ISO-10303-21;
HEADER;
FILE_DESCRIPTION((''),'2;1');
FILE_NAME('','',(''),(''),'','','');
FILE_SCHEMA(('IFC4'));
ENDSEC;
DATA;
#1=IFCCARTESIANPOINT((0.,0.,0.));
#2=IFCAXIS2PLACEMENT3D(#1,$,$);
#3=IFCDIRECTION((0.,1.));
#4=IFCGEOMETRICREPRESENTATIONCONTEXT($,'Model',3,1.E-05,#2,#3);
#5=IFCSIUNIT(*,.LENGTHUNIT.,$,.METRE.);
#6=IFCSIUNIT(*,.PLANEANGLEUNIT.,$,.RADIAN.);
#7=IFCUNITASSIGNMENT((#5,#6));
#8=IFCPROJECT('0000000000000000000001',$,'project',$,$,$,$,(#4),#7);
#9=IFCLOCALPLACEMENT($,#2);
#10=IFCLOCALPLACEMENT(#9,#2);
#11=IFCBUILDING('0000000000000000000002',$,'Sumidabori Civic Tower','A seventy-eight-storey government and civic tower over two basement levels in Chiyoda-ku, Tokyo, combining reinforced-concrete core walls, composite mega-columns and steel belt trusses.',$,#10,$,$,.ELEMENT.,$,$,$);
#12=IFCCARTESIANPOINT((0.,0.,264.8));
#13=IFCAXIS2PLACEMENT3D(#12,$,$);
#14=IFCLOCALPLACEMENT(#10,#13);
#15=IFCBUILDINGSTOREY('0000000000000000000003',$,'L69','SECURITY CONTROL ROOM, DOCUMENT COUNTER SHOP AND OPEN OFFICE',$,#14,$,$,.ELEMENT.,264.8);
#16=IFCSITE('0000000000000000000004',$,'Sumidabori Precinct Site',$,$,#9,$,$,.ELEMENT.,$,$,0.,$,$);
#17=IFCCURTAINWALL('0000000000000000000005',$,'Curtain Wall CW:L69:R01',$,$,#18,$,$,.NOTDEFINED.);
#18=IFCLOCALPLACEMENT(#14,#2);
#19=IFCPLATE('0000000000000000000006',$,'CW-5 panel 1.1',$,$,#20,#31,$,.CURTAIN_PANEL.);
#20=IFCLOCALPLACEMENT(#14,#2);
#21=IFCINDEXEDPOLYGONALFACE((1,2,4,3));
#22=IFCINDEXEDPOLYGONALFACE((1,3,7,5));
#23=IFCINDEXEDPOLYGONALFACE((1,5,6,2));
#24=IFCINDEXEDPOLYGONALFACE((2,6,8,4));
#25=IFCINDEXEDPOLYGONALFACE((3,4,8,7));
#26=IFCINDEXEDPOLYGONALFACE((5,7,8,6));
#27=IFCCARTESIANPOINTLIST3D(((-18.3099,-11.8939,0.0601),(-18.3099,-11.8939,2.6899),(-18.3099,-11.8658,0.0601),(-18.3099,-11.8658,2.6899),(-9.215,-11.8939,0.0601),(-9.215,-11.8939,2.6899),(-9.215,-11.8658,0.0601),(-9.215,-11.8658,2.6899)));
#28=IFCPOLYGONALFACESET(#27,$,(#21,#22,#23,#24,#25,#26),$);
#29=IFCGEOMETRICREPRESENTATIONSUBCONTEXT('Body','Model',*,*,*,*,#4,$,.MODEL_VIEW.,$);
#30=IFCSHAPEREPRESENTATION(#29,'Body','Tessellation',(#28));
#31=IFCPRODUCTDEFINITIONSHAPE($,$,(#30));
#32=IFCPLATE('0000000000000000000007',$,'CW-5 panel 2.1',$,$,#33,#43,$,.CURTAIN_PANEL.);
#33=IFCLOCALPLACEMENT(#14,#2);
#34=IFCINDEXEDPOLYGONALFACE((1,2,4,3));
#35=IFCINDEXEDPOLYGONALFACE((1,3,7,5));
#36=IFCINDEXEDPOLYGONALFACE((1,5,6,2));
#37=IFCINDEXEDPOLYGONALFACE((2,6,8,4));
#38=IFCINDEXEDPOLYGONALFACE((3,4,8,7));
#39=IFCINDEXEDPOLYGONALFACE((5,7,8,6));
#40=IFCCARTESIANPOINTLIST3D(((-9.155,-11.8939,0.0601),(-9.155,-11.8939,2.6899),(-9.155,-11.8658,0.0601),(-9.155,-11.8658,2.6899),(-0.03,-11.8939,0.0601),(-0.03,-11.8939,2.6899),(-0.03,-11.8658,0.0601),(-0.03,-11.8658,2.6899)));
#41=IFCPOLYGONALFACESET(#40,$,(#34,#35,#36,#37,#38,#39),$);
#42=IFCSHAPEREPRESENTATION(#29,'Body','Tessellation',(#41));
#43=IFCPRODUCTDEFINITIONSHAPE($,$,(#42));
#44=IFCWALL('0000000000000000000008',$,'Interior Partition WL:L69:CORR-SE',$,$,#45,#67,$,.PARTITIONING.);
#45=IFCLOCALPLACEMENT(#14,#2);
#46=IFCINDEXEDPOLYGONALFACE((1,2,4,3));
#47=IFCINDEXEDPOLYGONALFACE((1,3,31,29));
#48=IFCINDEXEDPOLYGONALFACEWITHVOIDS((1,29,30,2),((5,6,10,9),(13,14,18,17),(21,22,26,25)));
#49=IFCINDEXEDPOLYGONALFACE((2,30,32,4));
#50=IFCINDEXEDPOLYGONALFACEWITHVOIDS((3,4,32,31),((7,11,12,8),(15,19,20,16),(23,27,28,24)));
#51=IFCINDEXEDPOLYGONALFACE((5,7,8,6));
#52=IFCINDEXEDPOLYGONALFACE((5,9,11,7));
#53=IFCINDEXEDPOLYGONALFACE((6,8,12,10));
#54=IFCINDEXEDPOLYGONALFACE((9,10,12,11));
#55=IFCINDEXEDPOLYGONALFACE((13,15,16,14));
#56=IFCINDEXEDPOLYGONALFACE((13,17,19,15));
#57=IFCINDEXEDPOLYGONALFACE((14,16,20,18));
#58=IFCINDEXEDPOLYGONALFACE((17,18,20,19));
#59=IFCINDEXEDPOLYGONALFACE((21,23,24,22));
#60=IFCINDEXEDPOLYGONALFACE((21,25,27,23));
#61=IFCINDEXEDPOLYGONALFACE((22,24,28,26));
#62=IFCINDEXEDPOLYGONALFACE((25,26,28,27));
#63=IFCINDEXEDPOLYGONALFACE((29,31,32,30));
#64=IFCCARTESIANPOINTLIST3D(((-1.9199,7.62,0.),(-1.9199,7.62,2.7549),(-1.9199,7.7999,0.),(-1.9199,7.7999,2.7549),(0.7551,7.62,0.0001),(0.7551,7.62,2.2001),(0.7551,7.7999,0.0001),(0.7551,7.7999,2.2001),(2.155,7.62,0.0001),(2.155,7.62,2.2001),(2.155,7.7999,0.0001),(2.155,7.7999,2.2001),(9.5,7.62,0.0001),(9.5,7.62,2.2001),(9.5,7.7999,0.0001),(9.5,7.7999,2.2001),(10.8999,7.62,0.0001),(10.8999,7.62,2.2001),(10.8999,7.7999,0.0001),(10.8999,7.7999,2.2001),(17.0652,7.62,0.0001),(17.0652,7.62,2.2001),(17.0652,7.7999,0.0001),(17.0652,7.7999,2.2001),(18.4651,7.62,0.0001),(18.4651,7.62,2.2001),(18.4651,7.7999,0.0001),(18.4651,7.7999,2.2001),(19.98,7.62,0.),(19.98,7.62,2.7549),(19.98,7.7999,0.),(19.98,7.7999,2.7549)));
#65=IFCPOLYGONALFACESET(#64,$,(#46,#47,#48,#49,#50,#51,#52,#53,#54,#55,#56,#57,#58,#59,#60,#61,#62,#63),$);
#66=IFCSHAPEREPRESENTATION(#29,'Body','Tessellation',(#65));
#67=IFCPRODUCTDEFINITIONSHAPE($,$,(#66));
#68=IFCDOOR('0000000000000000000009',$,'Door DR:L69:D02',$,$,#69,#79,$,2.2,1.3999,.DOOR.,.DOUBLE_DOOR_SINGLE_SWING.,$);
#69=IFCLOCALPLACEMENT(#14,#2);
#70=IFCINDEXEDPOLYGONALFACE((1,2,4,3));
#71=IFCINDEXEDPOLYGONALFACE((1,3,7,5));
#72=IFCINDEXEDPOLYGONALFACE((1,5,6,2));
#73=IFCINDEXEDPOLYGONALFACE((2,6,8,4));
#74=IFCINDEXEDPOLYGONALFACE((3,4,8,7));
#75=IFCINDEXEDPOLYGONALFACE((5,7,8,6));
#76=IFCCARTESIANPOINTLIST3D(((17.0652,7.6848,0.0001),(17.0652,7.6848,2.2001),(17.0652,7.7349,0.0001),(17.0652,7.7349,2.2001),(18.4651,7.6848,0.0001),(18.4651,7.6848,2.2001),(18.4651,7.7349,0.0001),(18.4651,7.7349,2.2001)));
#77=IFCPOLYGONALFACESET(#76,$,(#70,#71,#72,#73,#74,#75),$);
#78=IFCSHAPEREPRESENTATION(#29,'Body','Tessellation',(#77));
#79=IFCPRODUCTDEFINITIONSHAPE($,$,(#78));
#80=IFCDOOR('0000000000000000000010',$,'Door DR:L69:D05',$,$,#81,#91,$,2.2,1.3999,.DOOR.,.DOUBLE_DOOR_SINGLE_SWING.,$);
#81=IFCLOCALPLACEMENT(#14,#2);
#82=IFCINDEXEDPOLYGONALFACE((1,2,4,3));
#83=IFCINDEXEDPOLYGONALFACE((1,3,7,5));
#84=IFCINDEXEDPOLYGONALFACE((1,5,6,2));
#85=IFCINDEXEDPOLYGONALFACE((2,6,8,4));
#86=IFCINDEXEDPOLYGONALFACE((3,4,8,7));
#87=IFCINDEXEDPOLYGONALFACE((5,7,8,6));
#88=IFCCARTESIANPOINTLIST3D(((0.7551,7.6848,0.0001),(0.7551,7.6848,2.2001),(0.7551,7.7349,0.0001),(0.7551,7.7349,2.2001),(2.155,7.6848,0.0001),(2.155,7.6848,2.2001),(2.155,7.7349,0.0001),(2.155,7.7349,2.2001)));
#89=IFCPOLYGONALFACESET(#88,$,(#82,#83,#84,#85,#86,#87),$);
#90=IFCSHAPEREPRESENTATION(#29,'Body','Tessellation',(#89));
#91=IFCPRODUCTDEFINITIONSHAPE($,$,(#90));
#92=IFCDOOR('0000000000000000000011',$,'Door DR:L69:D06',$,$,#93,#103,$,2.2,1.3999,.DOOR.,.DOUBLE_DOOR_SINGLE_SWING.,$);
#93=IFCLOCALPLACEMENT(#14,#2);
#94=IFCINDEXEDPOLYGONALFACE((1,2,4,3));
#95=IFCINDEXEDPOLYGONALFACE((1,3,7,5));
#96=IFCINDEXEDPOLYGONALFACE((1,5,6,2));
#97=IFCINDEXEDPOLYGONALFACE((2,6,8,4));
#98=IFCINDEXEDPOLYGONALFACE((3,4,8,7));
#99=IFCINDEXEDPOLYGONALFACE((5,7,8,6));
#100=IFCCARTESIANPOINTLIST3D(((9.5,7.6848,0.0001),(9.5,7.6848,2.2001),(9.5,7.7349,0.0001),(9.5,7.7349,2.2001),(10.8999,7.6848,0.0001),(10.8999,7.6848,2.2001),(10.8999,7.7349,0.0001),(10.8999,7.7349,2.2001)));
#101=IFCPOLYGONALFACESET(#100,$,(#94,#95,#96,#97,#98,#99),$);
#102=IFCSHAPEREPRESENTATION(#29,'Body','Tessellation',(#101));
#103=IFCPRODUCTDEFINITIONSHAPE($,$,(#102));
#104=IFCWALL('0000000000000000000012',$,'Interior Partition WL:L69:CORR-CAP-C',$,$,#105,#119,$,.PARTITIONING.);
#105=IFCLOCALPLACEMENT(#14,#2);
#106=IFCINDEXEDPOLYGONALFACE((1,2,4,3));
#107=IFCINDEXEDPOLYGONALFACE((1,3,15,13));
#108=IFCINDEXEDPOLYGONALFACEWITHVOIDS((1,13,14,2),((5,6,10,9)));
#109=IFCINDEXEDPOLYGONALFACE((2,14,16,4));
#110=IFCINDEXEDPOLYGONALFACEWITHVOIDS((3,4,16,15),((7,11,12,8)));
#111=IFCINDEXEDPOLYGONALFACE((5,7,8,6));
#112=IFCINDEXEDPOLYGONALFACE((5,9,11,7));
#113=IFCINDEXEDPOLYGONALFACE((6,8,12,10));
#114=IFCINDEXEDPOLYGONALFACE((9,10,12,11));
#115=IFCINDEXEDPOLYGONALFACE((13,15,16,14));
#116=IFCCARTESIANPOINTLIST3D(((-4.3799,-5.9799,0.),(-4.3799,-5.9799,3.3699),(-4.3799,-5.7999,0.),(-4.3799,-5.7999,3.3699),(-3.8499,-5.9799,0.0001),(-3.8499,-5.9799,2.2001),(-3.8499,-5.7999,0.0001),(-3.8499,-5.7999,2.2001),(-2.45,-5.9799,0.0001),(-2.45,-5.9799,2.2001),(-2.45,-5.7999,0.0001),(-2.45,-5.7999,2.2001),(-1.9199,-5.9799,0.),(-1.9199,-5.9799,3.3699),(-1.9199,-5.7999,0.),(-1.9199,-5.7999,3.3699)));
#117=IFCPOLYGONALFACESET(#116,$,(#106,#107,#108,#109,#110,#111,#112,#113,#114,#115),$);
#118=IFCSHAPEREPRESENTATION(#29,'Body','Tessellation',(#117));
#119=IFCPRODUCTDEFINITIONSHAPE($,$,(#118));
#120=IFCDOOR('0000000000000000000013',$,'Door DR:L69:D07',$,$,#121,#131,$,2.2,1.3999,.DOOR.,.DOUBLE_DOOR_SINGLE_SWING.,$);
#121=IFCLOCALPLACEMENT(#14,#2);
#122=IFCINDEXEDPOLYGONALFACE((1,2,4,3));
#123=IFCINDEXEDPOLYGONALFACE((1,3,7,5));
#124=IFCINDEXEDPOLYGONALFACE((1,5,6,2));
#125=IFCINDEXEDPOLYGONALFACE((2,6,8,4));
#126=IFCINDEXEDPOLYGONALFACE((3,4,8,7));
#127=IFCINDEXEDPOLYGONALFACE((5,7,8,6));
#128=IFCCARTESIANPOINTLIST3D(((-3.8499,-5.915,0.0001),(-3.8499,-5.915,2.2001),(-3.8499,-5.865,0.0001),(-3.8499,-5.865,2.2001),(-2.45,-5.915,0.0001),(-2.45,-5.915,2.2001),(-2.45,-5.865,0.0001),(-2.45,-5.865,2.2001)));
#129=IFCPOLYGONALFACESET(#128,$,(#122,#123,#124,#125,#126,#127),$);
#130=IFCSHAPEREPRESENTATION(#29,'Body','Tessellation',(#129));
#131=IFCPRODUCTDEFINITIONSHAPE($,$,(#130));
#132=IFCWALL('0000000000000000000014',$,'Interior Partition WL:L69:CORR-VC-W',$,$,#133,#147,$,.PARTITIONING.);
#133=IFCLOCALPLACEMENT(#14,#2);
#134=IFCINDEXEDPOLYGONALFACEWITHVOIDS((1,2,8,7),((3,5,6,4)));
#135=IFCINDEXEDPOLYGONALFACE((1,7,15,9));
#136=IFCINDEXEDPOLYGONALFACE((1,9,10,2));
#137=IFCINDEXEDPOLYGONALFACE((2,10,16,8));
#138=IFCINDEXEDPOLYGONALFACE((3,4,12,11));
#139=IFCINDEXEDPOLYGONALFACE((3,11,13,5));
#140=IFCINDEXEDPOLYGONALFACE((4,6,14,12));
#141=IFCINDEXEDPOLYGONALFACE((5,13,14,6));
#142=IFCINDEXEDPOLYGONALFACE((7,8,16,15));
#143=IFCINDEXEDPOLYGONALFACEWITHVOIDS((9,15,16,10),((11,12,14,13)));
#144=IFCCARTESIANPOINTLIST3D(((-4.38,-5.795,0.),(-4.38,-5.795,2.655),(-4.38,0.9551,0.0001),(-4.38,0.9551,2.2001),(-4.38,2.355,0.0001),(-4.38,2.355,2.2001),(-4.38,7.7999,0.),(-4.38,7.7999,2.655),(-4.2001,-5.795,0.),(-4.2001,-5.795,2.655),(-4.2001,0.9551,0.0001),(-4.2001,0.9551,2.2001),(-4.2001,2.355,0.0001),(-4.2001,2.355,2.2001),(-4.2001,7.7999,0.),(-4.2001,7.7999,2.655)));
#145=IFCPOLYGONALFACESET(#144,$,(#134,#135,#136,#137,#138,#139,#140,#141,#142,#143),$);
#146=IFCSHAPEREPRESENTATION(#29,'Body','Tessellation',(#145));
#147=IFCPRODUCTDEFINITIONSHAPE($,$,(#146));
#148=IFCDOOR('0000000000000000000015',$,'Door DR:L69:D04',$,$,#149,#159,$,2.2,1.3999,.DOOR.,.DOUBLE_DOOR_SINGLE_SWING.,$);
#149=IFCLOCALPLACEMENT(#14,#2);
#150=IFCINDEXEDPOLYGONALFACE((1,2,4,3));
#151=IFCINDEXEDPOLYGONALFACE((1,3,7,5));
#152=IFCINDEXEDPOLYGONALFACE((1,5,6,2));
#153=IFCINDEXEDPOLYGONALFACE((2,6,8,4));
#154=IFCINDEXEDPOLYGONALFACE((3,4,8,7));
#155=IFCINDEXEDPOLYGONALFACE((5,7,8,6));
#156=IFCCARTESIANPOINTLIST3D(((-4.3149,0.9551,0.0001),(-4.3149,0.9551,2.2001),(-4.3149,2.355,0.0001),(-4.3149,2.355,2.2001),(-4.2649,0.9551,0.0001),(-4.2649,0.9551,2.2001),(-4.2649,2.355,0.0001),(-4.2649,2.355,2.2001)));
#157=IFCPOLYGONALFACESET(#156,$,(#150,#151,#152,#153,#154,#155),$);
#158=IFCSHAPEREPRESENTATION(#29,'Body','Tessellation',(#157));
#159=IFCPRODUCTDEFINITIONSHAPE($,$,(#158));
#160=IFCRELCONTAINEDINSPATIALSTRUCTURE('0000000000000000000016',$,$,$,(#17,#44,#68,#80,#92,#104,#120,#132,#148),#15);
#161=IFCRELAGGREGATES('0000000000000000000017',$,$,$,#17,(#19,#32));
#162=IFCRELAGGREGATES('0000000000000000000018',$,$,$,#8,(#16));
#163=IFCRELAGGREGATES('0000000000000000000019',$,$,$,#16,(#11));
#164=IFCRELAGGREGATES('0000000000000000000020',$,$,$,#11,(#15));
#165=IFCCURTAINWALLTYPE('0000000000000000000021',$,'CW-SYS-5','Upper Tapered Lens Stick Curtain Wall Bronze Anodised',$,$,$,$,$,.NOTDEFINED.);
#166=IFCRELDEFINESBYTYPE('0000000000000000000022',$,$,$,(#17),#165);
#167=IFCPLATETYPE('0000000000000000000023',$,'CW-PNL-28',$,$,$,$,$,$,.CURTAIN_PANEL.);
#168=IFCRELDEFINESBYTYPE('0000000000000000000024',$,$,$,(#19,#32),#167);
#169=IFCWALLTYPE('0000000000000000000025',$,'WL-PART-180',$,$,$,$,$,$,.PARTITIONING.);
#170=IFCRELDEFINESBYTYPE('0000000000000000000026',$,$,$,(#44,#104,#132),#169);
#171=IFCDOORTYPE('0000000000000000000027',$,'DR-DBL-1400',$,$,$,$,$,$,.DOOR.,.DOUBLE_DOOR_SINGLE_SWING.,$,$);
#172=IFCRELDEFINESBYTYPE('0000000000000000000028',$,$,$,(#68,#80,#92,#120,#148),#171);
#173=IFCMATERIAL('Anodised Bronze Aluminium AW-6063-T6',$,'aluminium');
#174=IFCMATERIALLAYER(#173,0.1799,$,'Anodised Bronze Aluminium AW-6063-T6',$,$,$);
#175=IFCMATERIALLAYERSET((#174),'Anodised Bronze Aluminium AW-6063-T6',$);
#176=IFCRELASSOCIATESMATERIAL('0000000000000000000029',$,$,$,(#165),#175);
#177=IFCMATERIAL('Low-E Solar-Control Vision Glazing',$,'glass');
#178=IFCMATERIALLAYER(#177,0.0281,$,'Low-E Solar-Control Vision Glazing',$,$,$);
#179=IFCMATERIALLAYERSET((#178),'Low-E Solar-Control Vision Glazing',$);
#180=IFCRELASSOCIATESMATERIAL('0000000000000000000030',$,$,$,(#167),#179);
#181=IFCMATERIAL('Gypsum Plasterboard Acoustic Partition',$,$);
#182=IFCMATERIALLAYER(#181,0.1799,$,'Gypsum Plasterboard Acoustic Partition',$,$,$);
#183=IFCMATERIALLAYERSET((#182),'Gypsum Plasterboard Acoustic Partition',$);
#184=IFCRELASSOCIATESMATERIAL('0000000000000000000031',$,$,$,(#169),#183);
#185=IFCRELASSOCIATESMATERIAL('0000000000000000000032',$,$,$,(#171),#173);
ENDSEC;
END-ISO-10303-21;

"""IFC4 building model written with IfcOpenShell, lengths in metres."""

from ifc_helpers import new_model, si_unit, direction, frame, frame_2d, origin, origin_2d, place, context, subcontext, project, spatial, rectangle, extrude, source, transform, mapped, material, layer, layer_set, type_object, element, fill, aggregate, save


model = new_model("IFC4")

# Units and contexts
model_context = context("Model", 3, precision=1e-05, world=origin(), true_north=direction((0.0, 1.0)))
body_context = subcontext(model_context, "Body", "Model", "MODEL_VIEW")
ifc_project = project(units=[si_unit("LENGTHUNIT", "METRE"), si_unit("PLANEANGLEUNIT", "RADIAN")], contexts=[model_context])

# Site, building, storey
site_placement = place(None, origin())
site = spatial("IfcSite", under=ifc_project, at=site_placement, Name="Sumidabori Precinct Site", CompositionType="ELEMENT", RefElevation=0.0)
building_placement = place(site_placement, origin())
building = spatial("IfcBuilding", under=site, at=building_placement, Name="Sumidabori Civic Tower", Description="A seventy-eight-storey government and civic tower over two basement levels in Chiyoda-ku, Tokyo, combining reinforced-concrete core walls, composite mega-columns and steel belt trusses.", CompositionType="ELEMENT")
storey_placement = place(building_placement, frame((0.0, 0.0, 264.8)))
storey = spatial("IfcBuildingStorey", under=building, at=storey_placement, Name="L69", Description="SECURITY CONTROL ROOM, DOCUMENT COUNTER SHOP AND OPEN OFFICE", CompositionType="ELEMENT", Elevation=264.8)

# Curtain wall
ifc_material_1 = material(Name="Anodised Bronze Aluminium AW-6063-T6", Category="aluminium")
ifc_layer_1 = layer(ifc_material_1, 0.1799, Name="Anodised Bronze Aluminium AW-6063-T6")
ifc_layer_set_1 = layer_set([ifc_layer_1], Name="Anodised Bronze Aluminium AW-6063-T6")
curtain_wall_type = type_object("IfcCurtainWallType", Name="CW-SYS-5", Description="Upper Tapered Lens Stick Curtain Wall Bronze Anodised", PredefinedType="NOTDEFINED", material=ifc_layer_set_1)
curtain_wall_placement = place(storey_placement, origin())
curtain_wall = element("IfcCurtainWall", 1, at=curtain_wall_placement, inside=storey, type_object=curtain_wall_type, Name="Curtain Wall CW:L69:R01", PredefinedType="NOTDEFINED")

# Plates
ifc_material_2 = material(Name="Low-E Solar-Control Vision Glazing", Category="glass")
ifc_layer_2 = layer(ifc_material_2, 0.0281, Name="Low-E Solar-Control Vision Glazing")
ifc_layer_set_2 = layer_set([ifc_layer_2], Name="Low-E Solar-Control Vision Glazing")
plate_type = type_object("IfcPlateType", Name="CW-PNL-28", PredefinedType="CURTAIN_PANEL", material=ifc_layer_set_2)
shared_shape_1 = source(origin(), body_context, "Body", "SweptSolid", [
    extrude(rectangle(XDim=9.095, YDim=0.0281, at=origin_2d()), origin(), (0.0, 0.0, 1.0), 2.6299),
])
plate_1_placement = place(storey_placement, frame((-13.7625, -11.8799, 0.0601), z_axis=(0.0, 0.0, 1.0), x_axis=(1.0, 0.0, 0.0)))
plate_1 = element("IfcPlate", 2, at=plate_1_placement, type_object=plate_type, Name="CW-5 panel 1.1", PredefinedType="CURTAIN_PANEL", context=body_context, shape_type="MappedRepresentation", body=[
    mapped(shared_shape_1, transform((0.0, 0.0, 0.0), x_axis=(1.0, 0.0, 0.0), y_axis=(0.0, 1.0, 0.0), z_axis=(0.0, 0.0, 1.0), scale=1.0)),
])
shared_shape_2 = source(origin(), body_context, "Body", "SweptSolid", [
    extrude(rectangle(XDim=9.125, YDim=0.0281, at=origin_2d()), origin(), (0.0, 0.0, 1.0), 2.6299),
])
plate_2_placement = place(storey_placement, frame((-4.5925, -11.8799, 0.0601), z_axis=(0.0, 0.0, 1.0), x_axis=(1.0, 0.0, 0.0)))
plate_2 = element("IfcPlate", 3, at=plate_2_placement, type_object=plate_type, Name="CW-5 panel 2.1", PredefinedType="CURTAIN_PANEL", context=body_context, shape_type="MappedRepresentation", body=[
    mapped(shared_shape_2, transform((0.0, 0.0, 0.0), x_axis=(1.0, 0.0, 0.0), y_axis=(0.0, 1.0, 0.0), z_axis=(0.0, 0.0, 1.0), scale=1.0)),
])
aggregate(curtain_wall, [plate_1, plate_2])

# Wall, openings, doors
ifc_material_3 = material(Name="Gypsum Plasterboard Acoustic Partition")
ifc_layer_3 = layer(ifc_material_3, 0.1799, Name="Gypsum Plasterboard Acoustic Partition")
ifc_layer_set_3 = layer_set([ifc_layer_3], Name="Gypsum Plasterboard Acoustic Partition")
wall_type = type_object("IfcWallType", Name="WL-PART-180", PredefinedType="PARTITIONING", material=ifc_layer_set_3)
shared_shape_3 = source(origin(), body_context, "Body", "SweptSolid", [
    extrude(rectangle(XDim=21.8999, YDim=0.1799, at=frame_2d((10.95, 0.0))), origin(), (0.0, 0.0, 1.0), 2.7549),
])
wall_1_placement = place(storey_placement, frame((-1.9199, 7.71, 0.0), z_axis=(0.0, 0.0, 1.0), x_axis=(1.0, 0.0, 0.0)))
wall_1 = element("IfcWall", 4, at=wall_1_placement, inside=storey, type_object=wall_type, Name="Interior Partition WL:L69:CORR-SE", PredefinedType="PARTITIONING", context=body_context, shape_type="MappedRepresentation", body=[
    mapped(shared_shape_3, transform((0.0, 0.0, 0.0), x_axis=(1.0, 0.0, 0.0), y_axis=(0.0, 1.0, 0.0), z_axis=(0.0, 0.0, 1.0), scale=1.0)),
])
opening_1_placement = place(wall_1_placement, frame((18.9851, 0.0, 0.0)))
opening_1 = element("IfcOpeningElement", 5, at=opening_1_placement, cuts=wall_1, PredefinedType="OPENING", context=body_context, shape_type="SweptSolid", body=[
    extrude(rectangle(XDim=1.3999, YDim=2.2, at=frame_2d((0.7, 1.1001))), frame((0.0, 0.1021, 0.0), z_axis=(0.0, -1.0, 0.0), x_axis=(1.0, 0.0, 0.0)), (0.0, 0.0, 1.0), 0.2039),
])
opening_2_placement = place(wall_1_placement, frame((2.675, 0.0, 0.0)))
opening_2 = element("IfcOpeningElement", 6, at=opening_2_placement, cuts=wall_1, PredefinedType="OPENING", context=body_context, shape_type="SweptSolid", body=[
    extrude(rectangle(XDim=1.3999, YDim=2.2, at=frame_2d((0.7, 1.1001))), frame((0.0, 0.1021, 0.0), z_axis=(0.0, -1.0, 0.0), x_axis=(1.0, 0.0, 0.0)), (0.0, 0.0, 1.0), 0.2039),
])
opening_3_placement = place(wall_1_placement, frame((11.4199, 0.0, 0.0)))
opening_3 = element("IfcOpeningElement", 7, at=opening_3_placement, cuts=wall_1, PredefinedType="OPENING", context=body_context, shape_type="SweptSolid", body=[
    extrude(rectangle(XDim=1.3999, YDim=2.2, at=frame_2d((0.7, 1.1001))), frame((0.0, 0.1021, 0.0), z_axis=(0.0, -1.0, 0.0), x_axis=(1.0, 0.0, 0.0)), (0.0, 0.0, 1.0), 0.2039),
])
door_type = type_object("IfcDoorType", Name="DR-DBL-1400", OperationType="DOUBLE_DOOR_SINGLE_SWING", PredefinedType="DOOR", material=ifc_material_1)
shared_shape_4 = source(origin(), body_context, "Body", "SweptSolid", [
    extrude(rectangle(XDim=1.3999, YDim=2.2, at=frame_2d((0.7, 1.1001))), frame((0.0, 0.0249, 0.0), z_axis=(0.0, -1.0, 0.0), x_axis=(1.0, 0.0, 0.0)), (0.0, 0.0, 1.0), 0.05),
])
door_1_placement = place(opening_1_placement, origin())
door_1 = element("IfcDoor", 8, at=door_1_placement, inside=storey, type_object=door_type, Name="Door DR:L69:D02", OperationType="DOUBLE_DOOR_SINGLE_SWING", OverallHeight=2.2, OverallWidth=1.3999, PredefinedType="DOOR", context=body_context, shape_type="MappedRepresentation", body=[
    mapped(shared_shape_4, transform((0.0, 0.0, 0.0), x_axis=(1.0, 0.0, 0.0), y_axis=(0.0, 1.0, 0.0), z_axis=(0.0, 0.0, 1.0), scale=1.0)),
])
fill(opening_1, door_1)
door_2_placement = place(opening_2_placement, origin())
door_2 = element("IfcDoor", 9, at=door_2_placement, inside=storey, type_object=door_type, Name="Door DR:L69:D05", OperationType="DOUBLE_DOOR_SINGLE_SWING", OverallHeight=2.2, OverallWidth=1.3999, PredefinedType="DOOR", context=body_context, shape_type="MappedRepresentation", body=[
    mapped(shared_shape_4, transform((0.0, 0.0, 0.0), x_axis=(1.0, 0.0, 0.0), y_axis=(0.0, 1.0, 0.0), z_axis=(0.0, 0.0, 1.0), scale=1.0)),
])
fill(opening_2, door_2)
door_3_placement = place(opening_3_placement, origin())
door_3 = element("IfcDoor", 10, at=door_3_placement, inside=storey, type_object=door_type, Name="Door DR:L69:D06", OperationType="DOUBLE_DOOR_SINGLE_SWING", OverallHeight=2.2, OverallWidth=1.3999, PredefinedType="DOOR", context=body_context, shape_type="MappedRepresentation", body=[
    mapped(shared_shape_4, transform((0.0, 0.0, 0.0), x_axis=(1.0, 0.0, 0.0), y_axis=(0.0, 1.0, 0.0), z_axis=(0.0, 0.0, 1.0), scale=1.0)),
])
fill(opening_3, door_3)

# Walls, openings, doors
shared_shape_5 = source(origin(), body_context, "Body", "SweptSolid", [
    extrude(rectangle(XDim=2.46, YDim=0.1799, at=frame_2d((1.23, 0.0))), origin(), (0.0, 0.0, 1.0), 3.3699),
])
wall_2_placement = place(storey_placement, frame((-4.3799, -5.8899, 0.0), z_axis=(0.0, 0.0, 1.0), x_axis=(1.0, 0.0, 0.0)))
wall_2 = element("IfcWall", 11, at=wall_2_placement, inside=storey, type_object=wall_type, Name="Interior Partition WL:L69:CORR-CAP-C", PredefinedType="PARTITIONING", context=body_context, shape_type="MappedRepresentation", body=[
    mapped(shared_shape_5, transform((0.0, 0.0, 0.0), x_axis=(1.0, 0.0, 0.0), y_axis=(0.0, 1.0, 0.0), z_axis=(0.0, 0.0, 1.0), scale=1.0)),
])
opening_4_placement = place(wall_2_placement, frame((0.53, 0.0, 0.0)))
opening_4 = element("IfcOpeningElement", 12, at=opening_4_placement, cuts=wall_2, PredefinedType="OPENING", context=body_context, shape_type="SweptSolid", body=[
    extrude(rectangle(XDim=1.3999, YDim=2.2, at=frame_2d((0.7, 1.1001))), frame((0.0, 0.1021, 0.0), z_axis=(0.0, -1.0, 0.0), x_axis=(1.0, 0.0, 0.0)), (0.0, 0.0, 1.0), 0.2039),
])
door_4_placement = place(opening_4_placement, origin())
door_4 = element("IfcDoor", 13, at=door_4_placement, inside=storey, type_object=door_type, Name="Door DR:L69:D07", OperationType="DOUBLE_DOOR_SINGLE_SWING", OverallHeight=2.2, OverallWidth=1.3999, PredefinedType="DOOR", context=body_context, shape_type="MappedRepresentation", body=[
    mapped(shared_shape_4, transform((0.0, 0.0, 0.0), x_axis=(1.0, 0.0, 0.0), y_axis=(0.0, 1.0, 0.0), z_axis=(0.0, 0.0, 1.0), scale=1.0)),
])
fill(opening_4, door_4)
shared_shape_6 = source(origin(), body_context, "Body", "SweptSolid", [
    extrude(rectangle(XDim=13.595, YDim=0.1799, at=frame_2d((6.7974, 0.0))), origin(), (0.0, 0.0, 1.0), 2.655),
])
wall_3_placement = place(storey_placement, frame((-4.29, -5.7949, 0.0), z_axis=(0.0, 0.0, 1.0), x_axis=(0.0, 1.0, 0.0)))
wall_3 = element("IfcWall", 14, at=wall_3_placement, inside=storey, type_object=wall_type, Name="Interior Partition WL:L69:CORR-VC-W", PredefinedType="PARTITIONING", context=body_context, shape_type="MappedRepresentation", body=[
    mapped(shared_shape_6, transform((0.0, 0.0, 0.0), x_axis=(1.0, 0.0, 0.0), y_axis=(0.0, 1.0, 0.0), z_axis=(0.0, 0.0, 1.0), scale=1.0)),
])
opening_5_placement = place(wall_3_placement, frame((6.75, 0.0, 0.0)))
opening_5 = element("IfcOpeningElement", 15, at=opening_5_placement, cuts=wall_3, PredefinedType="OPENING", context=body_context, shape_type="SweptSolid", body=[
    extrude(rectangle(XDim=1.3999, YDim=2.2, at=frame_2d((0.7, 1.1001))), frame((0.0, 0.1021, 0.0), z_axis=(0.0, -1.0, 0.0), x_axis=(1.0, 0.0, 0.0)), (0.0, 0.0, 1.0), 0.2039),
])
door_5_placement = place(opening_5_placement, origin())
door_5 = element("IfcDoor", 16, at=door_5_placement, inside=storey, type_object=door_type, Name="Door DR:L69:D04", OperationType="DOUBLE_DOOR_SINGLE_SWING", OverallHeight=2.2, OverallWidth=1.3999, PredefinedType="DOOR", context=body_context, shape_type="MappedRepresentation", body=[
    mapped(shared_shape_4, transform((0.0, 0.0, 0.0), x_axis=(1.0, 0.0, 0.0), y_axis=(0.0, 1.0, 0.0), z_axis=(0.0, 0.0, 1.0), scale=1.0)),
])
fill(opening_5, door_5)

save(model, "model.ifc")
